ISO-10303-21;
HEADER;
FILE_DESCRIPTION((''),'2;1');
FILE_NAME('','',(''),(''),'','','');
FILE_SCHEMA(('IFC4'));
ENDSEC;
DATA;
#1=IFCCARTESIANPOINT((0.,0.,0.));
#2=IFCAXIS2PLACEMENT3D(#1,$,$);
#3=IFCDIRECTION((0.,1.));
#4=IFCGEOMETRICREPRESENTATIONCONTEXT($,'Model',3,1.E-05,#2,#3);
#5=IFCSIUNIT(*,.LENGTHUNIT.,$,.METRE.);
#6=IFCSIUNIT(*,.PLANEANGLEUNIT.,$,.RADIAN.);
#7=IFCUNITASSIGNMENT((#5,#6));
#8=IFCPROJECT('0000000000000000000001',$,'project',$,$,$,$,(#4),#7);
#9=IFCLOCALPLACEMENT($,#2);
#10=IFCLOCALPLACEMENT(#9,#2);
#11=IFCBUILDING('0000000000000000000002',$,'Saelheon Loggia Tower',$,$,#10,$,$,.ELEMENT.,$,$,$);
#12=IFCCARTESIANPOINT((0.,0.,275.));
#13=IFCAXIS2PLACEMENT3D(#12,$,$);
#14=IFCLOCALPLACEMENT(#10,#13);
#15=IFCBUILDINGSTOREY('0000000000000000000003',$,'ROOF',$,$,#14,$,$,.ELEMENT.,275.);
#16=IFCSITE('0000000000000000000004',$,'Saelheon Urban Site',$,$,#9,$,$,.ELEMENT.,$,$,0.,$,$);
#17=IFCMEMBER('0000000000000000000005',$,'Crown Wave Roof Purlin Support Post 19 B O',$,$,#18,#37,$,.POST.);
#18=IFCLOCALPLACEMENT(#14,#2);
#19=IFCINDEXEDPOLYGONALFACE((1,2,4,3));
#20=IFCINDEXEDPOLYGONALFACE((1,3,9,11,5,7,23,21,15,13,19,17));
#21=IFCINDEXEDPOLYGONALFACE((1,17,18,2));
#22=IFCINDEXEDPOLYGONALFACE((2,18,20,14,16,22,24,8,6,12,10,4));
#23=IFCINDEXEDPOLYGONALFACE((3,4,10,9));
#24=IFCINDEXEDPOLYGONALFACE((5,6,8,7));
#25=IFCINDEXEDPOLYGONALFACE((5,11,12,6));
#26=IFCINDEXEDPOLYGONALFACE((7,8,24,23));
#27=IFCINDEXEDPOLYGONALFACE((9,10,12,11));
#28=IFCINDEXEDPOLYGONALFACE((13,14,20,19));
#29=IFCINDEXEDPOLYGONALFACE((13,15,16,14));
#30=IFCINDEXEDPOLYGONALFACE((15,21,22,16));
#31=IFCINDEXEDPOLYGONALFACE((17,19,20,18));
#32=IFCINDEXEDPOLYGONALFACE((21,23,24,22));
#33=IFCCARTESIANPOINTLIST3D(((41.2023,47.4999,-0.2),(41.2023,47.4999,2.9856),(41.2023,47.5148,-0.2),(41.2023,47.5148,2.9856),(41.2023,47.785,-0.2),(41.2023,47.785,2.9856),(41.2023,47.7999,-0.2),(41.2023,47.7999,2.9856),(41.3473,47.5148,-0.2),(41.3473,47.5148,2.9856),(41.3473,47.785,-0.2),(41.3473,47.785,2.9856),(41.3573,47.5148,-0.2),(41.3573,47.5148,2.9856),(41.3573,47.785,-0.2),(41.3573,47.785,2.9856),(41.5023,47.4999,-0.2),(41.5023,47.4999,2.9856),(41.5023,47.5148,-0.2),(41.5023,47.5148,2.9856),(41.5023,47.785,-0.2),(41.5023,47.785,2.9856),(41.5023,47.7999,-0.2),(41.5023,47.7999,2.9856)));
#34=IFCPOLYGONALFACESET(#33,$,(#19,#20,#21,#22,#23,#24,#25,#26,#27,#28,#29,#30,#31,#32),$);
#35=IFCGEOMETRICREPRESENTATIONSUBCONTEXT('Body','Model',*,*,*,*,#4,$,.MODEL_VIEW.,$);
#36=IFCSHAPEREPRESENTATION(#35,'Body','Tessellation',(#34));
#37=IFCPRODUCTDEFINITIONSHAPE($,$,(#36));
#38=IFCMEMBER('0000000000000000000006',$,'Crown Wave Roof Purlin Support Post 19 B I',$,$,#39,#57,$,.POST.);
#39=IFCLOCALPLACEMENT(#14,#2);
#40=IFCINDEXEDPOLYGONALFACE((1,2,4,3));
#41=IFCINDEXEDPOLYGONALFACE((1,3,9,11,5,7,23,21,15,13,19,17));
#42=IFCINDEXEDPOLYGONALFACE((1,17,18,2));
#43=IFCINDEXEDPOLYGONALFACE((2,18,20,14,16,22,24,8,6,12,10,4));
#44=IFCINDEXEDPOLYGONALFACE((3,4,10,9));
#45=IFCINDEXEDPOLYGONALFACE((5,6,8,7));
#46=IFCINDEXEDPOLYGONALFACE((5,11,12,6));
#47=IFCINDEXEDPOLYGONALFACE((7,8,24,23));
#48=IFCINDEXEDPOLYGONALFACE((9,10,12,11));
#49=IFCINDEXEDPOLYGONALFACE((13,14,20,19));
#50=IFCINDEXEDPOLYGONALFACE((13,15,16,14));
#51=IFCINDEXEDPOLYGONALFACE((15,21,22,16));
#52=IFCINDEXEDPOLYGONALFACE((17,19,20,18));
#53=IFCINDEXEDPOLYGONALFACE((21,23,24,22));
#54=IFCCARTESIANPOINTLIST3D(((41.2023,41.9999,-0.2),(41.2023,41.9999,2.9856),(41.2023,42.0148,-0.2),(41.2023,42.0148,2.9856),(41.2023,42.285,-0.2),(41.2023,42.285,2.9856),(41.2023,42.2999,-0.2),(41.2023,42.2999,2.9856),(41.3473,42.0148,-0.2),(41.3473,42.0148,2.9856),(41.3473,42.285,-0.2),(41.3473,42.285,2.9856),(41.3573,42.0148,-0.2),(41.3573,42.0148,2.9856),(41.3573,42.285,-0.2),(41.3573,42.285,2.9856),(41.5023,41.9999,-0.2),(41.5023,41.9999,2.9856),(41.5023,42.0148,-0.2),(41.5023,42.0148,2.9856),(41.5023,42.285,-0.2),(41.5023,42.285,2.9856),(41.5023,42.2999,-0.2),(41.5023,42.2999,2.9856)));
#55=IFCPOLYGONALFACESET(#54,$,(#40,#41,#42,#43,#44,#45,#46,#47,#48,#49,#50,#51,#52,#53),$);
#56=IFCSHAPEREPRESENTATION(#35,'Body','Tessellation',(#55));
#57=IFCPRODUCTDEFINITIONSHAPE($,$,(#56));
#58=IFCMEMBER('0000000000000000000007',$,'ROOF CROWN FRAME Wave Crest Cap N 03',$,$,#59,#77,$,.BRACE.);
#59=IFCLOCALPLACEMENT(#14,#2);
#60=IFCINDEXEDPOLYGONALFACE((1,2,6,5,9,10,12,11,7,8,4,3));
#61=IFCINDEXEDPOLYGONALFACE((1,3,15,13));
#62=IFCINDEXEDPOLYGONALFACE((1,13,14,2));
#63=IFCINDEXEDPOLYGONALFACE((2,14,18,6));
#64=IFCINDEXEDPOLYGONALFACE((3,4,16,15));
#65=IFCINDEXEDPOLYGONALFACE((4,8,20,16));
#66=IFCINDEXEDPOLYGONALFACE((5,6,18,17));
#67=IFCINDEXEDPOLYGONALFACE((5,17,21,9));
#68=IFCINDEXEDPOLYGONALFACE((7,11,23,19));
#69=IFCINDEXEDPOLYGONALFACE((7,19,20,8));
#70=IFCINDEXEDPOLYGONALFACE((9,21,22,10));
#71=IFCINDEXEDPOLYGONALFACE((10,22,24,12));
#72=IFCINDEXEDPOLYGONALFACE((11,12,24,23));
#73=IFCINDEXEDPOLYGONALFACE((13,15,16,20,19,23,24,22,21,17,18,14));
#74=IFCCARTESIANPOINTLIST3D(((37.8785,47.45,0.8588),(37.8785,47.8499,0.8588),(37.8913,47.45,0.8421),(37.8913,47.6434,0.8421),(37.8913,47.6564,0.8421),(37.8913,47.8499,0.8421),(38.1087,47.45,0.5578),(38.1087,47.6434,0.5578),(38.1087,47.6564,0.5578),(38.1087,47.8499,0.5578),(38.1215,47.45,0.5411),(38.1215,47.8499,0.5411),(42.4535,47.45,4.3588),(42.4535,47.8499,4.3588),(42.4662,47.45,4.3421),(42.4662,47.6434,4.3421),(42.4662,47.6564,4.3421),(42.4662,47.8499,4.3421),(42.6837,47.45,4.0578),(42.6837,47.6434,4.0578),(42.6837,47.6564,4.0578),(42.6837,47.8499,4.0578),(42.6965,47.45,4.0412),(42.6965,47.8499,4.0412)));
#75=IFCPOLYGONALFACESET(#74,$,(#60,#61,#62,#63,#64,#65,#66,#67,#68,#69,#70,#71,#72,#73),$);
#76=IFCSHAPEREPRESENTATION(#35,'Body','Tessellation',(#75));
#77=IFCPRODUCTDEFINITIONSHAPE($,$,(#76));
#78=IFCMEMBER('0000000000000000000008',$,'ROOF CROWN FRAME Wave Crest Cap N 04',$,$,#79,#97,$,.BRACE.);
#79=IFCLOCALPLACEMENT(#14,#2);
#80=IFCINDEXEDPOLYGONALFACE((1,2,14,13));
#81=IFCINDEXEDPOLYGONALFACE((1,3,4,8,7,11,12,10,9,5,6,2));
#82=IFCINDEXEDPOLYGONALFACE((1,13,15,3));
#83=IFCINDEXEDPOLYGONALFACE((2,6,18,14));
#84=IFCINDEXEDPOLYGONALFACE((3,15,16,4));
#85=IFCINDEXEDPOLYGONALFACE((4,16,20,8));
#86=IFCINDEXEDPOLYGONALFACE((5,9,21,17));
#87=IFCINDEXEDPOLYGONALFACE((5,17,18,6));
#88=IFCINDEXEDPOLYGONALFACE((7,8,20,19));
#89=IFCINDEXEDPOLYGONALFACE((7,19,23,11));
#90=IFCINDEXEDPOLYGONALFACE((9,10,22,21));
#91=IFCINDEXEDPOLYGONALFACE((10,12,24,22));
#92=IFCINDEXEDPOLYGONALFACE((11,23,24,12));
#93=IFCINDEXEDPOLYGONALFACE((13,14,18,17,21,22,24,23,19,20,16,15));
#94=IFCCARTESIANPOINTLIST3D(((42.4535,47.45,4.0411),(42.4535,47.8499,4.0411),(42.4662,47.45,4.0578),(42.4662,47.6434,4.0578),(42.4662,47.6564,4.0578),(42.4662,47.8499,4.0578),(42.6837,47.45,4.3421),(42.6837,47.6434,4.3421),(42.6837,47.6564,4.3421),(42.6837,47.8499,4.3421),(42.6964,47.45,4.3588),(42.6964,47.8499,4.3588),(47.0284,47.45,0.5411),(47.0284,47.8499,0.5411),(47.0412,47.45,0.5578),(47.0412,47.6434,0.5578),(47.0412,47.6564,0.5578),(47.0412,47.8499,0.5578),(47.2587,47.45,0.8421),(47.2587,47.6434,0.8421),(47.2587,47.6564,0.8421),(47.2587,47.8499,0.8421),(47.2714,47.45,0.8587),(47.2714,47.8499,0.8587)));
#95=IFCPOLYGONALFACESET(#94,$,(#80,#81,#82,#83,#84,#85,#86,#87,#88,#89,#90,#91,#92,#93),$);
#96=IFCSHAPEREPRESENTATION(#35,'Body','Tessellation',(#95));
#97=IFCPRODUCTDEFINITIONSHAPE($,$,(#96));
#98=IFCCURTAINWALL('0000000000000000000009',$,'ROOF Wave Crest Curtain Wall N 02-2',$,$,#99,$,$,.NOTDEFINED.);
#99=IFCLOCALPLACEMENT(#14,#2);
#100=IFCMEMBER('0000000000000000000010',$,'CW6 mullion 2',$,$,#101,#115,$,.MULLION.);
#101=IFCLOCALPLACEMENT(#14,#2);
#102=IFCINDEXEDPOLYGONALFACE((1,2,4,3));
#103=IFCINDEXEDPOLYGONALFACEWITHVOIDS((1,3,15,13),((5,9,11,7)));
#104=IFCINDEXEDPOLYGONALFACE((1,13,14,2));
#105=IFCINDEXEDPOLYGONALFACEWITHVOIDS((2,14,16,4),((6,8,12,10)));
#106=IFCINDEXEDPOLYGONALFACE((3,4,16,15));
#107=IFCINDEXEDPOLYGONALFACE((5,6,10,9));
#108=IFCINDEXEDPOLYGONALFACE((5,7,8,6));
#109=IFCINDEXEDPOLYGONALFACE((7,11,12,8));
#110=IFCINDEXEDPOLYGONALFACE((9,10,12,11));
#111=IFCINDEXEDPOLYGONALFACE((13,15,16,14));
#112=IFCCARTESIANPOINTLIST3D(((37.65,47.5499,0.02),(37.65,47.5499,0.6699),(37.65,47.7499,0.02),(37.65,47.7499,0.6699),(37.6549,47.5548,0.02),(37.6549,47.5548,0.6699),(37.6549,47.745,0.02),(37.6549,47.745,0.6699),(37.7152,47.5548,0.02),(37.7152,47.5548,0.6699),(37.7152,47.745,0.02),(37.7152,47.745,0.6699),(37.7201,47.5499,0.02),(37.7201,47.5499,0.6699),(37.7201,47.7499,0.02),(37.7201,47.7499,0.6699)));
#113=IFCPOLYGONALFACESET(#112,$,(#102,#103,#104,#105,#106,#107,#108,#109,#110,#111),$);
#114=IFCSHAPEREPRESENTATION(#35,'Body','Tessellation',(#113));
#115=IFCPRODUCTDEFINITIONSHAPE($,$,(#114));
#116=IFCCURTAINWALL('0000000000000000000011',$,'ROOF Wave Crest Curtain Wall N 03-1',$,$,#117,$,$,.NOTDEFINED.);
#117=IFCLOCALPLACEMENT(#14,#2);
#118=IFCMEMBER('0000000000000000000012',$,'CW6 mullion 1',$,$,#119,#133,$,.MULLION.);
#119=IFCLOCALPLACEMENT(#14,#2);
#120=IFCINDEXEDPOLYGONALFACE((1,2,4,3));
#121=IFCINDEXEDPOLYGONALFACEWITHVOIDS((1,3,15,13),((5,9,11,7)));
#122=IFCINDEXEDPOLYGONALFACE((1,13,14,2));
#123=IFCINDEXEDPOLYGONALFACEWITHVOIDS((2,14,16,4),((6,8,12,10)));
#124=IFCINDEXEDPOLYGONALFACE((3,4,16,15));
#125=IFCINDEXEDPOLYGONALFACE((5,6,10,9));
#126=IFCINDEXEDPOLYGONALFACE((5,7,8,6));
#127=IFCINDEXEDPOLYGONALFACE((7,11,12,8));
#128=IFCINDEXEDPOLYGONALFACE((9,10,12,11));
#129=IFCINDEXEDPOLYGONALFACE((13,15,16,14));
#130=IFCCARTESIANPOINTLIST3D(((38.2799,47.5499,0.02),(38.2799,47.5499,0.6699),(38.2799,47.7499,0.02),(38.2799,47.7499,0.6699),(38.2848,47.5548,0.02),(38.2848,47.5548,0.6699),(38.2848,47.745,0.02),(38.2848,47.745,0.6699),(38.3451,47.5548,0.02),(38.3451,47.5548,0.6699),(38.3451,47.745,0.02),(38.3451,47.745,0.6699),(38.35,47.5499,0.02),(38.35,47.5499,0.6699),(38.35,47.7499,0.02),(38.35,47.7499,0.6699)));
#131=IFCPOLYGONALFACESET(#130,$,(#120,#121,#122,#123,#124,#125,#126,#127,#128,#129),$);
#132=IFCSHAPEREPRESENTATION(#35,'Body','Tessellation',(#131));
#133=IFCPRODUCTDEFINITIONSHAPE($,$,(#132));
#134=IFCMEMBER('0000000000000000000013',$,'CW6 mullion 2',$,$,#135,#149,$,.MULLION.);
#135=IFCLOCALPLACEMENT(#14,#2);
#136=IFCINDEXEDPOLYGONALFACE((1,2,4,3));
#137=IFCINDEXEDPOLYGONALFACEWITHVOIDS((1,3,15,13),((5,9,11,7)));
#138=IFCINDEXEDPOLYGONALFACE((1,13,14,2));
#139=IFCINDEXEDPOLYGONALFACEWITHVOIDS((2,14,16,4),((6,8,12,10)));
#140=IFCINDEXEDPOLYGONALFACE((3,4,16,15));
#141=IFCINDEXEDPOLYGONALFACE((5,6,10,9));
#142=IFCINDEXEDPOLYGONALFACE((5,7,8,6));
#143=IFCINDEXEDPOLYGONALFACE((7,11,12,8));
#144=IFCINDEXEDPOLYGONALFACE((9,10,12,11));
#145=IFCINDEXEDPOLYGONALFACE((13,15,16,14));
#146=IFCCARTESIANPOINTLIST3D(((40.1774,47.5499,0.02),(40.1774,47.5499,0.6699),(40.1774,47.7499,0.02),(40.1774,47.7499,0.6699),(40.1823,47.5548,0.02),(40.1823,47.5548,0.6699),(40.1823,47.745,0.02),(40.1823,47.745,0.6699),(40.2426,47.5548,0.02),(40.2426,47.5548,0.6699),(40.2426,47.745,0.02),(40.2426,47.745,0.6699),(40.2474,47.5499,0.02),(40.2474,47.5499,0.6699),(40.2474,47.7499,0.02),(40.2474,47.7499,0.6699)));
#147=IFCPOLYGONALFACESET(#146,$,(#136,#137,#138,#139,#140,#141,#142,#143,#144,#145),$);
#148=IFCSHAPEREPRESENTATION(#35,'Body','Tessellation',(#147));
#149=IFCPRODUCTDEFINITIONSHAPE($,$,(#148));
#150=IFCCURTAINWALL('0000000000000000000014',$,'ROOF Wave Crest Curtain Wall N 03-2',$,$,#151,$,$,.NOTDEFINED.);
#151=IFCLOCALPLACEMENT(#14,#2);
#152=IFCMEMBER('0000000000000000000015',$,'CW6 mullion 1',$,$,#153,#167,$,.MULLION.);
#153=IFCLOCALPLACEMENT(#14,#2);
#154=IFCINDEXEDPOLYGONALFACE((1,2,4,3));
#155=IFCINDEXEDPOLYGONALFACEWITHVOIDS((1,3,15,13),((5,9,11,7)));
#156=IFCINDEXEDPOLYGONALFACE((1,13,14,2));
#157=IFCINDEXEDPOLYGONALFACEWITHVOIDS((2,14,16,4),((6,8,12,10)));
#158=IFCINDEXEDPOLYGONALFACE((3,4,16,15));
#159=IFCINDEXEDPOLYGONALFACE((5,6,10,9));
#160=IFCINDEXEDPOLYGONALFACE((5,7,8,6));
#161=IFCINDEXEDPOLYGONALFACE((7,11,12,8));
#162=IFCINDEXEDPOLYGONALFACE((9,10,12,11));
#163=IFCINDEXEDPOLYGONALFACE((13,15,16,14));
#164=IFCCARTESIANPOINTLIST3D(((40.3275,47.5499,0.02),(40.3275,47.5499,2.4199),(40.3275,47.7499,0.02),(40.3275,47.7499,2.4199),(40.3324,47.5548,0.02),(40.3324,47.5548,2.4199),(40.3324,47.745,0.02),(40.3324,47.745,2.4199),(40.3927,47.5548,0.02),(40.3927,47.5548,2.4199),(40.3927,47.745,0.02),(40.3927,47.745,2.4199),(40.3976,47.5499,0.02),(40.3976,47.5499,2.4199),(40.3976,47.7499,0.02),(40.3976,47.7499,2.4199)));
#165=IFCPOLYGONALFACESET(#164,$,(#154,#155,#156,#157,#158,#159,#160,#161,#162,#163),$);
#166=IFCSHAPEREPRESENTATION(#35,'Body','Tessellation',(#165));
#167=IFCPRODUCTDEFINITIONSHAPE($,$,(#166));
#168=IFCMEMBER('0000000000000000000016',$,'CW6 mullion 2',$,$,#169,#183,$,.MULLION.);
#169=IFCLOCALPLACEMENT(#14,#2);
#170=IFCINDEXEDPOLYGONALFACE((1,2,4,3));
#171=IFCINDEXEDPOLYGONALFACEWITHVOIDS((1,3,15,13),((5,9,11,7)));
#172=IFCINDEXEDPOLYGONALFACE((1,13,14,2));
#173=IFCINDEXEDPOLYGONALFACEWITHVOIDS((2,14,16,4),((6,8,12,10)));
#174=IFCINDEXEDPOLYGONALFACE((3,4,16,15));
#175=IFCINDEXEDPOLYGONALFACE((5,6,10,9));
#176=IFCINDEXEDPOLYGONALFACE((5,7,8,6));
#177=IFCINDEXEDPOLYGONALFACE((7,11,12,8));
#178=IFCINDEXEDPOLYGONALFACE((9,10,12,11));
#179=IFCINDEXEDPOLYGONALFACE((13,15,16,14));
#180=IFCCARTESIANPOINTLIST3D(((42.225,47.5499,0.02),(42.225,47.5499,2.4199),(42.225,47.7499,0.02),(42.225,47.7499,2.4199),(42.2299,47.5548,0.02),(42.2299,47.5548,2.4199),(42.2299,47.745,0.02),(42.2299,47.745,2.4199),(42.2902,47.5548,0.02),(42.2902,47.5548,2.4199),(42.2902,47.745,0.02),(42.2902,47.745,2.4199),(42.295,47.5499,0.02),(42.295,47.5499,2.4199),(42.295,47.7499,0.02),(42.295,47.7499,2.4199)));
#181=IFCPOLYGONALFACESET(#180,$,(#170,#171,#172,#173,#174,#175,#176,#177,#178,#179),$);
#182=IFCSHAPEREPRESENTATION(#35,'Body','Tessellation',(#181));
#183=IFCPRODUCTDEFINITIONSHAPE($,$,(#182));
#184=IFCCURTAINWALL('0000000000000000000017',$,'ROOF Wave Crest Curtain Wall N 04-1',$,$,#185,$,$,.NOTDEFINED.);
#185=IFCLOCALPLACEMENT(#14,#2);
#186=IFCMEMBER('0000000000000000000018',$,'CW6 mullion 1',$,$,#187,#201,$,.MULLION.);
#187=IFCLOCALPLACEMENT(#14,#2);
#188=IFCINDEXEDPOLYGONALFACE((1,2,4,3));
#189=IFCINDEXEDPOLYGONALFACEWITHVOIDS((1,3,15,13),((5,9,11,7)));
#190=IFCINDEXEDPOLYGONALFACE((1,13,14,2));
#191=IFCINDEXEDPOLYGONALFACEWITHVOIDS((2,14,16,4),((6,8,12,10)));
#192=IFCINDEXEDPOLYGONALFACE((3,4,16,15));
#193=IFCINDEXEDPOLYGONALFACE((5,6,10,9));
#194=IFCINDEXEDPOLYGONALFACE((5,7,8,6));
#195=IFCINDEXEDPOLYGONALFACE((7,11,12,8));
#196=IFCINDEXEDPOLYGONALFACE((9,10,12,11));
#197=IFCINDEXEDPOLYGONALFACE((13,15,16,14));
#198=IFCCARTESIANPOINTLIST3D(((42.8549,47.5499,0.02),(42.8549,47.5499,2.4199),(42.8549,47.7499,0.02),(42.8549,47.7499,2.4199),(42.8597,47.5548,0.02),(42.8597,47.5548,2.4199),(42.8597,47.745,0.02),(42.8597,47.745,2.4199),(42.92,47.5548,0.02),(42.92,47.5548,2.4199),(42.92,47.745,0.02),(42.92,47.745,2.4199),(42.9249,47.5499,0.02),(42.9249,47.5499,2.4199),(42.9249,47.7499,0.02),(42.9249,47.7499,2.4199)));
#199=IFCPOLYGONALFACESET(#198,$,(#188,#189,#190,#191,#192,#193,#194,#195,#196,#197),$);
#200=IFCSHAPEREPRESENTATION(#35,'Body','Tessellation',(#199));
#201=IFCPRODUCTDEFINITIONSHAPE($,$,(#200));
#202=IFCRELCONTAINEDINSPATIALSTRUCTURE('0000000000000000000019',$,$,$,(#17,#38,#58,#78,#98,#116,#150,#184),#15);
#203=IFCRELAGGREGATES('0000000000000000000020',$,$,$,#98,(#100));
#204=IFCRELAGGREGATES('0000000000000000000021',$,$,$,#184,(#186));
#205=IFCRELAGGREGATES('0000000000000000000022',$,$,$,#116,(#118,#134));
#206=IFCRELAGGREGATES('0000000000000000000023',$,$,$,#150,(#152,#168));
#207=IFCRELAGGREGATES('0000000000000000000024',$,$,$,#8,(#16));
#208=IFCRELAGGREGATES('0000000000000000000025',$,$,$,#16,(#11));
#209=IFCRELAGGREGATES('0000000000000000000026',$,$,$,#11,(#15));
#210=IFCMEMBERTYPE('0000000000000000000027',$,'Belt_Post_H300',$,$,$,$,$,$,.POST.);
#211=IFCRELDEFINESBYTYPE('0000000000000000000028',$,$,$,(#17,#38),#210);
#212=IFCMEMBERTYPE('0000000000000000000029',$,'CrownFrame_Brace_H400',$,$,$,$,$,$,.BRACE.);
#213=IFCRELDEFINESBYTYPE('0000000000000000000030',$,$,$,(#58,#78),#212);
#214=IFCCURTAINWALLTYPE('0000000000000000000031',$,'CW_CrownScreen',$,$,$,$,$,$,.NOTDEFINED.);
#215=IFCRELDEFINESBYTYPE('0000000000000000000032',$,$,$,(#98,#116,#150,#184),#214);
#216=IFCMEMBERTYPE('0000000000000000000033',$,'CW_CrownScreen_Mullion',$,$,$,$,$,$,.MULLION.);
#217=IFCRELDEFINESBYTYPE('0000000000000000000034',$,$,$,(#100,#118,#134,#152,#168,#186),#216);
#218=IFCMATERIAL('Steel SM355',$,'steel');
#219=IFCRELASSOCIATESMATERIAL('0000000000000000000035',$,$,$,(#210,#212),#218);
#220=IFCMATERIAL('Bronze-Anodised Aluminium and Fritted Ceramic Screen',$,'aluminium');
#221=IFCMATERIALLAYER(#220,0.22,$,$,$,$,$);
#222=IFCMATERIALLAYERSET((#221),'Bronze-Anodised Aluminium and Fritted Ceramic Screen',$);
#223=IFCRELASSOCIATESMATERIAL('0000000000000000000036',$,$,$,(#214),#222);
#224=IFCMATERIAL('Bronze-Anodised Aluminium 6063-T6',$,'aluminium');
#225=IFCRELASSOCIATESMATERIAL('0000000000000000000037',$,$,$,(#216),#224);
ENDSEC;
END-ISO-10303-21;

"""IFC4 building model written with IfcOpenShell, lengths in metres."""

from ifc_helpers import new_model, si_unit, direction, frame, origin, origin_2d, place, context, subcontext, project, spatial, hollow_rectangle, i_section, extrude, source, transform, mapped, material, layer, layer_set, material_profile, profile_set, type_object, element, aggregate, save


model = new_model("IFC4")

# Units and contexts
model_context = context("Model", 3, precision=1e-05, world=origin(), true_north=direction((0.0, 1.0)))
body_context = subcontext(model_context, "Body", "Model", "MODEL_VIEW")
ifc_project = project(units=[si_unit("LENGTHUNIT", "METRE"), si_unit("PLANEANGLEUNIT", "RADIAN")], contexts=[model_context])

# Site, building, storey
site_placement = place(None, origin())
site = spatial("IfcSite", under=ifc_project, at=site_placement, Name="Saelheon Urban Site", CompositionType="ELEMENT", RefElevation=0.0)
building_placement = place(site_placement, origin())
building = spatial("IfcBuilding", under=site, at=building_placement, Name="Saelheon Loggia Tower", CompositionType="ELEMENT")
storey_placement = place(building_placement, frame((0.0, 0.0, 275.0)))
storey = spatial("IfcBuildingStorey", under=building, at=storey_placement, Name="ROOF", CompositionType="ELEMENT", Elevation=275.0)

# Members
ifc_material_1 = material(Name="Steel SM355", Category="steel")
ifc_material_profile_1 = material_profile(ifc_material_1, i_section(OverallWidth=0.3, OverallDepth=0.3, WebThickness=0.01, FlangeThickness=0.0149, at=origin_2d()), Name="H-300x300x10x15")
ifc_profile_set_1 = profile_set([ifc_material_profile_1], Name="Steel SM355")
member_type_1 = type_object("IfcMemberType", Name="Belt_Post_H300", PredefinedType="POST", material=ifc_profile_set_1)
shared_shape_1 = source(origin(), body_context, "Body", "SweptSolid", [
    extrude(i_section(OverallWidth=0.3, OverallDepth=0.3, WebThickness=0.01, FlangeThickness=0.0149, at=origin_2d()), origin(), (0.0, 0.0, 1.0), 3.1855),
])
for number, where, z_axis, x_axis, name in (
    (1, (41.3523, 47.6499, -0.2), (0.0, 0.0, 1.0), (1.0, 0.0, 0.0), "Crown Wave Roof Purlin Support Post 19 B O"),
    (2, (41.3523, 42.1499, -0.2), (0.0, 0.0, 1.0), (1.0, 0.0, 0.0), "Crown Wave Roof Purlin Support Post 19 B I"),
):
    element("IfcMember", number, at=place(storey_placement, frame(where, z_axis=z_axis, x_axis=x_axis)), inside=storey, type_object=member_type_1, Name=name, PredefinedType="POST", context=body_context, shape_type="MappedRepresentation", body=[
        mapped(shared_shape_1, transform((0.0, 0.0, 0.0), scale=1.0)),
    ])
ifc_material_profile_2 = material_profile(ifc_material_1, i_section(OverallWidth=0.3999, OverallDepth=0.3999, WebThickness=0.0129, FlangeThickness=0.021, at=origin_2d()), Name="H-400x400x13x21")
ifc_profile_set_2 = profile_set([ifc_material_profile_2], Name="Steel SM355")
member_type_2 = type_object("IfcMemberType", Name="CrownFrame_Brace_H400", PredefinedType="BRACE", material=ifc_profile_set_2)
shared_shape_2 = source(origin(), body_context, "Body", "SweptSolid", [
    extrude(i_section(OverallWidth=0.3999, OverallDepth=0.3999, WebThickness=0.0129, FlangeThickness=0.021, at=origin_2d()), origin(), (0.0, 0.0, 1.0), 5.7603),
])
for number, where, z_axis, x_axis, name in (
    (3, (38.0, 47.6499, 0.7), (0.794231, 0.0, 0.607615), (0.0, 1.0, 0.0), "ROOF CROWN FRAME Wave Crest Cap N 03"),
    (4, (42.575, 47.6499, 4.2), (0.794231, 0.0, -0.607615), (0.0, 1.0, 0.0), "ROOF CROWN FRAME Wave Crest Cap N 04"),
):
    element("IfcMember", number, at=place(storey_placement, frame(where, z_axis=z_axis, x_axis=x_axis)), inside=storey, type_object=member_type_2, Name=name, PredefinedType="BRACE", context=body_context, shape_type="MappedRepresentation", body=[
        mapped(shared_shape_2, transform((0.0, 0.0, 0.0), scale=1.0)),
    ])

# Curtain wall, member
ifc_material_2 = material(Name="Bronze-Anodised Aluminium and Fritted Ceramic Screen", Category="aluminium")
ifc_layer_1 = layer(ifc_material_2, 0.22)
ifc_layer_set_1 = layer_set([ifc_layer_1], Name="Bronze-Anodised Aluminium and Fritted Ceramic Screen")
curtain_wall_type = type_object("IfcCurtainWallType", Name="CW_CrownScreen", PredefinedType="NOTDEFINED", material=ifc_layer_set_1)
curtain_wall_1_placement = place(storey_placement, origin())
curtain_wall_1 = element("IfcCurtainWall", 5, at=curtain_wall_1_placement, inside=storey, type_object=curtain_wall_type, Name="ROOF Wave Crest Curtain Wall N 02-2", PredefinedType="NOTDEFINED")
ifc_material_3 = material(Name="Bronze-Anodised Aluminium 6063-T6", Category="aluminium")
ifc_material_profile_3 = material_profile(ifc_material_3, hollow_rectangle(XDim=0.0701, YDim=0.2, WallThickness=0.0049, at=origin_2d()), Name="RHS-200x70x5")
ifc_profile_set_3 = profile_set([ifc_material_profile_3], Name="Bronze-Anodised Aluminium 6063-T6")
member_type_3 = type_object("IfcMemberType", Name="CW_CrownScreen_Mullion", PredefinedType="MULLION", material=ifc_profile_set_3)
shared_shape_3 = source(origin(), body_context, "Body", "SweptSolid", [
    extrude(hollow_rectangle(XDim=0.0701, YDim=0.2, WallThickness=0.0049, at=origin_2d()), origin(), (0.0, 0.0, 1.0), 0.6499),
])
member_1_placement = place(storey_placement, frame((37.6851, 47.6499, 0.02), z_axis=(0.0, 0.0, 1.0), x_axis=(1.0, 0.0, 0.0)))
member_1 = element("IfcMember", 6, at=member_1_placement, type_object=member_type_3, Name="CW6 mullion 2", PredefinedType="MULLION", context=body_context, shape_type="MappedRepresentation", body=[
    mapped(shared_shape_3, transform((0.0, 0.0, 0.0), scale=1.0)),
])
aggregate(curtain_wall_1, [member_1])

# Curtain walls, members
curtain_wall_2_placement = place(storey_placement, origin())
curtain_wall_2 = element("IfcCurtainWall", 7, at=curtain_wall_2_placement, inside=storey, type_object=curtain_wall_type, Name="ROOF Wave Crest Curtain Wall N 03-1", PredefinedType="NOTDEFINED")
member_2_placement = place(storey_placement, frame((38.3149, 47.6499, 0.02), z_axis=(0.0, 0.0, 1.0), x_axis=(1.0, 0.0, 0.0)))
member_2 = element("IfcMember", 8, at=member_2_placement, type_object=member_type_3, Name="CW6 mullion 1", PredefinedType="MULLION", context=body_context, shape_type="MappedRepresentation", body=[
    mapped(shared_shape_3, transform((0.0, 0.0, 0.0), scale=1.0)),
])
member_3_placement = place(storey_placement, frame((40.2124, 47.6499, 0.02), z_axis=(0.0, 0.0, 1.0), x_axis=(1.0, 0.0, 0.0)))
member_3 = element("IfcMember", 9, at=member_3_placement, type_object=member_type_3, Name="CW6 mullion 2", PredefinedType="MULLION", context=body_context, shape_type="MappedRepresentation", body=[
    mapped(shared_shape_3, transform((0.0, 0.0, 0.0), scale=1.0)),
])
curtain_wall_3_placement = place(storey_placement, origin())
curtain_wall_3 = element("IfcCurtainWall", 10, at=curtain_wall_3_placement, inside=storey, type_object=curtain_wall_type, Name="ROOF Wave Crest Curtain Wall N 03-2", PredefinedType="NOTDEFINED")
shared_shape_4 = source(origin(), body_context, "Body", "SweptSolid", [
    extrude(hollow_rectangle(XDim=0.0701, YDim=0.2, WallThickness=0.0049, at=origin_2d()), origin(), (0.0, 0.0, 1.0), 2.3999),
])
member_4_placement = place(storey_placement, frame((40.3625, 47.6499, 0.02), z_axis=(0.0, 0.0, 1.0), x_axis=(1.0, 0.0, 0.0)))
member_4 = element("IfcMember", 11, at=member_4_placement, type_object=member_type_3, Name="CW6 mullion 1", PredefinedType="MULLION", context=body_context, shape_type="MappedRepresentation", body=[
    mapped(shared_shape_4, transform((0.0, 0.0, 0.0), scale=1.0)),
])
member_5_placement = place(storey_placement, frame((42.26, 47.6499, 0.02), z_axis=(0.0, 0.0, 1.0), x_axis=(1.0, 0.0, 0.0)))
member_5 = element("IfcMember", 12, at=member_5_placement, type_object=member_type_3, Name="CW6 mullion 2", PredefinedType="MULLION", context=body_context, shape_type="MappedRepresentation", body=[
    mapped(shared_shape_4, transform((0.0, 0.0, 0.0), scale=1.0)),
])

# Curtain wall, member
curtain_wall_4_placement = place(storey_placement, origin())
curtain_wall_4 = element("IfcCurtainWall", 13, at=curtain_wall_4_placement, inside=storey, type_object=curtain_wall_type, Name="ROOF Wave Crest Curtain Wall N 04-1", PredefinedType="NOTDEFINED")
member_6_placement = place(storey_placement, frame((42.8899, 47.6499, 0.02), z_axis=(0.0, 0.0, 1.0), x_axis=(1.0, 0.0, 0.0)))
member_6 = element("IfcMember", 14, at=member_6_placement, type_object=member_type_3, Name="CW6 mullion 1", PredefinedType="MULLION", context=body_context, shape_type="MappedRepresentation", body=[
    mapped(shared_shape_4, transform((0.0, 0.0, 0.0), scale=1.0)),
])
aggregate(curtain_wall_4, [member_6])

aggregate(curtain_wall_2, [member_2, member_3])
aggregate(curtain_wall_3, [member_4, member_5])

save(model, "model.ifc")
